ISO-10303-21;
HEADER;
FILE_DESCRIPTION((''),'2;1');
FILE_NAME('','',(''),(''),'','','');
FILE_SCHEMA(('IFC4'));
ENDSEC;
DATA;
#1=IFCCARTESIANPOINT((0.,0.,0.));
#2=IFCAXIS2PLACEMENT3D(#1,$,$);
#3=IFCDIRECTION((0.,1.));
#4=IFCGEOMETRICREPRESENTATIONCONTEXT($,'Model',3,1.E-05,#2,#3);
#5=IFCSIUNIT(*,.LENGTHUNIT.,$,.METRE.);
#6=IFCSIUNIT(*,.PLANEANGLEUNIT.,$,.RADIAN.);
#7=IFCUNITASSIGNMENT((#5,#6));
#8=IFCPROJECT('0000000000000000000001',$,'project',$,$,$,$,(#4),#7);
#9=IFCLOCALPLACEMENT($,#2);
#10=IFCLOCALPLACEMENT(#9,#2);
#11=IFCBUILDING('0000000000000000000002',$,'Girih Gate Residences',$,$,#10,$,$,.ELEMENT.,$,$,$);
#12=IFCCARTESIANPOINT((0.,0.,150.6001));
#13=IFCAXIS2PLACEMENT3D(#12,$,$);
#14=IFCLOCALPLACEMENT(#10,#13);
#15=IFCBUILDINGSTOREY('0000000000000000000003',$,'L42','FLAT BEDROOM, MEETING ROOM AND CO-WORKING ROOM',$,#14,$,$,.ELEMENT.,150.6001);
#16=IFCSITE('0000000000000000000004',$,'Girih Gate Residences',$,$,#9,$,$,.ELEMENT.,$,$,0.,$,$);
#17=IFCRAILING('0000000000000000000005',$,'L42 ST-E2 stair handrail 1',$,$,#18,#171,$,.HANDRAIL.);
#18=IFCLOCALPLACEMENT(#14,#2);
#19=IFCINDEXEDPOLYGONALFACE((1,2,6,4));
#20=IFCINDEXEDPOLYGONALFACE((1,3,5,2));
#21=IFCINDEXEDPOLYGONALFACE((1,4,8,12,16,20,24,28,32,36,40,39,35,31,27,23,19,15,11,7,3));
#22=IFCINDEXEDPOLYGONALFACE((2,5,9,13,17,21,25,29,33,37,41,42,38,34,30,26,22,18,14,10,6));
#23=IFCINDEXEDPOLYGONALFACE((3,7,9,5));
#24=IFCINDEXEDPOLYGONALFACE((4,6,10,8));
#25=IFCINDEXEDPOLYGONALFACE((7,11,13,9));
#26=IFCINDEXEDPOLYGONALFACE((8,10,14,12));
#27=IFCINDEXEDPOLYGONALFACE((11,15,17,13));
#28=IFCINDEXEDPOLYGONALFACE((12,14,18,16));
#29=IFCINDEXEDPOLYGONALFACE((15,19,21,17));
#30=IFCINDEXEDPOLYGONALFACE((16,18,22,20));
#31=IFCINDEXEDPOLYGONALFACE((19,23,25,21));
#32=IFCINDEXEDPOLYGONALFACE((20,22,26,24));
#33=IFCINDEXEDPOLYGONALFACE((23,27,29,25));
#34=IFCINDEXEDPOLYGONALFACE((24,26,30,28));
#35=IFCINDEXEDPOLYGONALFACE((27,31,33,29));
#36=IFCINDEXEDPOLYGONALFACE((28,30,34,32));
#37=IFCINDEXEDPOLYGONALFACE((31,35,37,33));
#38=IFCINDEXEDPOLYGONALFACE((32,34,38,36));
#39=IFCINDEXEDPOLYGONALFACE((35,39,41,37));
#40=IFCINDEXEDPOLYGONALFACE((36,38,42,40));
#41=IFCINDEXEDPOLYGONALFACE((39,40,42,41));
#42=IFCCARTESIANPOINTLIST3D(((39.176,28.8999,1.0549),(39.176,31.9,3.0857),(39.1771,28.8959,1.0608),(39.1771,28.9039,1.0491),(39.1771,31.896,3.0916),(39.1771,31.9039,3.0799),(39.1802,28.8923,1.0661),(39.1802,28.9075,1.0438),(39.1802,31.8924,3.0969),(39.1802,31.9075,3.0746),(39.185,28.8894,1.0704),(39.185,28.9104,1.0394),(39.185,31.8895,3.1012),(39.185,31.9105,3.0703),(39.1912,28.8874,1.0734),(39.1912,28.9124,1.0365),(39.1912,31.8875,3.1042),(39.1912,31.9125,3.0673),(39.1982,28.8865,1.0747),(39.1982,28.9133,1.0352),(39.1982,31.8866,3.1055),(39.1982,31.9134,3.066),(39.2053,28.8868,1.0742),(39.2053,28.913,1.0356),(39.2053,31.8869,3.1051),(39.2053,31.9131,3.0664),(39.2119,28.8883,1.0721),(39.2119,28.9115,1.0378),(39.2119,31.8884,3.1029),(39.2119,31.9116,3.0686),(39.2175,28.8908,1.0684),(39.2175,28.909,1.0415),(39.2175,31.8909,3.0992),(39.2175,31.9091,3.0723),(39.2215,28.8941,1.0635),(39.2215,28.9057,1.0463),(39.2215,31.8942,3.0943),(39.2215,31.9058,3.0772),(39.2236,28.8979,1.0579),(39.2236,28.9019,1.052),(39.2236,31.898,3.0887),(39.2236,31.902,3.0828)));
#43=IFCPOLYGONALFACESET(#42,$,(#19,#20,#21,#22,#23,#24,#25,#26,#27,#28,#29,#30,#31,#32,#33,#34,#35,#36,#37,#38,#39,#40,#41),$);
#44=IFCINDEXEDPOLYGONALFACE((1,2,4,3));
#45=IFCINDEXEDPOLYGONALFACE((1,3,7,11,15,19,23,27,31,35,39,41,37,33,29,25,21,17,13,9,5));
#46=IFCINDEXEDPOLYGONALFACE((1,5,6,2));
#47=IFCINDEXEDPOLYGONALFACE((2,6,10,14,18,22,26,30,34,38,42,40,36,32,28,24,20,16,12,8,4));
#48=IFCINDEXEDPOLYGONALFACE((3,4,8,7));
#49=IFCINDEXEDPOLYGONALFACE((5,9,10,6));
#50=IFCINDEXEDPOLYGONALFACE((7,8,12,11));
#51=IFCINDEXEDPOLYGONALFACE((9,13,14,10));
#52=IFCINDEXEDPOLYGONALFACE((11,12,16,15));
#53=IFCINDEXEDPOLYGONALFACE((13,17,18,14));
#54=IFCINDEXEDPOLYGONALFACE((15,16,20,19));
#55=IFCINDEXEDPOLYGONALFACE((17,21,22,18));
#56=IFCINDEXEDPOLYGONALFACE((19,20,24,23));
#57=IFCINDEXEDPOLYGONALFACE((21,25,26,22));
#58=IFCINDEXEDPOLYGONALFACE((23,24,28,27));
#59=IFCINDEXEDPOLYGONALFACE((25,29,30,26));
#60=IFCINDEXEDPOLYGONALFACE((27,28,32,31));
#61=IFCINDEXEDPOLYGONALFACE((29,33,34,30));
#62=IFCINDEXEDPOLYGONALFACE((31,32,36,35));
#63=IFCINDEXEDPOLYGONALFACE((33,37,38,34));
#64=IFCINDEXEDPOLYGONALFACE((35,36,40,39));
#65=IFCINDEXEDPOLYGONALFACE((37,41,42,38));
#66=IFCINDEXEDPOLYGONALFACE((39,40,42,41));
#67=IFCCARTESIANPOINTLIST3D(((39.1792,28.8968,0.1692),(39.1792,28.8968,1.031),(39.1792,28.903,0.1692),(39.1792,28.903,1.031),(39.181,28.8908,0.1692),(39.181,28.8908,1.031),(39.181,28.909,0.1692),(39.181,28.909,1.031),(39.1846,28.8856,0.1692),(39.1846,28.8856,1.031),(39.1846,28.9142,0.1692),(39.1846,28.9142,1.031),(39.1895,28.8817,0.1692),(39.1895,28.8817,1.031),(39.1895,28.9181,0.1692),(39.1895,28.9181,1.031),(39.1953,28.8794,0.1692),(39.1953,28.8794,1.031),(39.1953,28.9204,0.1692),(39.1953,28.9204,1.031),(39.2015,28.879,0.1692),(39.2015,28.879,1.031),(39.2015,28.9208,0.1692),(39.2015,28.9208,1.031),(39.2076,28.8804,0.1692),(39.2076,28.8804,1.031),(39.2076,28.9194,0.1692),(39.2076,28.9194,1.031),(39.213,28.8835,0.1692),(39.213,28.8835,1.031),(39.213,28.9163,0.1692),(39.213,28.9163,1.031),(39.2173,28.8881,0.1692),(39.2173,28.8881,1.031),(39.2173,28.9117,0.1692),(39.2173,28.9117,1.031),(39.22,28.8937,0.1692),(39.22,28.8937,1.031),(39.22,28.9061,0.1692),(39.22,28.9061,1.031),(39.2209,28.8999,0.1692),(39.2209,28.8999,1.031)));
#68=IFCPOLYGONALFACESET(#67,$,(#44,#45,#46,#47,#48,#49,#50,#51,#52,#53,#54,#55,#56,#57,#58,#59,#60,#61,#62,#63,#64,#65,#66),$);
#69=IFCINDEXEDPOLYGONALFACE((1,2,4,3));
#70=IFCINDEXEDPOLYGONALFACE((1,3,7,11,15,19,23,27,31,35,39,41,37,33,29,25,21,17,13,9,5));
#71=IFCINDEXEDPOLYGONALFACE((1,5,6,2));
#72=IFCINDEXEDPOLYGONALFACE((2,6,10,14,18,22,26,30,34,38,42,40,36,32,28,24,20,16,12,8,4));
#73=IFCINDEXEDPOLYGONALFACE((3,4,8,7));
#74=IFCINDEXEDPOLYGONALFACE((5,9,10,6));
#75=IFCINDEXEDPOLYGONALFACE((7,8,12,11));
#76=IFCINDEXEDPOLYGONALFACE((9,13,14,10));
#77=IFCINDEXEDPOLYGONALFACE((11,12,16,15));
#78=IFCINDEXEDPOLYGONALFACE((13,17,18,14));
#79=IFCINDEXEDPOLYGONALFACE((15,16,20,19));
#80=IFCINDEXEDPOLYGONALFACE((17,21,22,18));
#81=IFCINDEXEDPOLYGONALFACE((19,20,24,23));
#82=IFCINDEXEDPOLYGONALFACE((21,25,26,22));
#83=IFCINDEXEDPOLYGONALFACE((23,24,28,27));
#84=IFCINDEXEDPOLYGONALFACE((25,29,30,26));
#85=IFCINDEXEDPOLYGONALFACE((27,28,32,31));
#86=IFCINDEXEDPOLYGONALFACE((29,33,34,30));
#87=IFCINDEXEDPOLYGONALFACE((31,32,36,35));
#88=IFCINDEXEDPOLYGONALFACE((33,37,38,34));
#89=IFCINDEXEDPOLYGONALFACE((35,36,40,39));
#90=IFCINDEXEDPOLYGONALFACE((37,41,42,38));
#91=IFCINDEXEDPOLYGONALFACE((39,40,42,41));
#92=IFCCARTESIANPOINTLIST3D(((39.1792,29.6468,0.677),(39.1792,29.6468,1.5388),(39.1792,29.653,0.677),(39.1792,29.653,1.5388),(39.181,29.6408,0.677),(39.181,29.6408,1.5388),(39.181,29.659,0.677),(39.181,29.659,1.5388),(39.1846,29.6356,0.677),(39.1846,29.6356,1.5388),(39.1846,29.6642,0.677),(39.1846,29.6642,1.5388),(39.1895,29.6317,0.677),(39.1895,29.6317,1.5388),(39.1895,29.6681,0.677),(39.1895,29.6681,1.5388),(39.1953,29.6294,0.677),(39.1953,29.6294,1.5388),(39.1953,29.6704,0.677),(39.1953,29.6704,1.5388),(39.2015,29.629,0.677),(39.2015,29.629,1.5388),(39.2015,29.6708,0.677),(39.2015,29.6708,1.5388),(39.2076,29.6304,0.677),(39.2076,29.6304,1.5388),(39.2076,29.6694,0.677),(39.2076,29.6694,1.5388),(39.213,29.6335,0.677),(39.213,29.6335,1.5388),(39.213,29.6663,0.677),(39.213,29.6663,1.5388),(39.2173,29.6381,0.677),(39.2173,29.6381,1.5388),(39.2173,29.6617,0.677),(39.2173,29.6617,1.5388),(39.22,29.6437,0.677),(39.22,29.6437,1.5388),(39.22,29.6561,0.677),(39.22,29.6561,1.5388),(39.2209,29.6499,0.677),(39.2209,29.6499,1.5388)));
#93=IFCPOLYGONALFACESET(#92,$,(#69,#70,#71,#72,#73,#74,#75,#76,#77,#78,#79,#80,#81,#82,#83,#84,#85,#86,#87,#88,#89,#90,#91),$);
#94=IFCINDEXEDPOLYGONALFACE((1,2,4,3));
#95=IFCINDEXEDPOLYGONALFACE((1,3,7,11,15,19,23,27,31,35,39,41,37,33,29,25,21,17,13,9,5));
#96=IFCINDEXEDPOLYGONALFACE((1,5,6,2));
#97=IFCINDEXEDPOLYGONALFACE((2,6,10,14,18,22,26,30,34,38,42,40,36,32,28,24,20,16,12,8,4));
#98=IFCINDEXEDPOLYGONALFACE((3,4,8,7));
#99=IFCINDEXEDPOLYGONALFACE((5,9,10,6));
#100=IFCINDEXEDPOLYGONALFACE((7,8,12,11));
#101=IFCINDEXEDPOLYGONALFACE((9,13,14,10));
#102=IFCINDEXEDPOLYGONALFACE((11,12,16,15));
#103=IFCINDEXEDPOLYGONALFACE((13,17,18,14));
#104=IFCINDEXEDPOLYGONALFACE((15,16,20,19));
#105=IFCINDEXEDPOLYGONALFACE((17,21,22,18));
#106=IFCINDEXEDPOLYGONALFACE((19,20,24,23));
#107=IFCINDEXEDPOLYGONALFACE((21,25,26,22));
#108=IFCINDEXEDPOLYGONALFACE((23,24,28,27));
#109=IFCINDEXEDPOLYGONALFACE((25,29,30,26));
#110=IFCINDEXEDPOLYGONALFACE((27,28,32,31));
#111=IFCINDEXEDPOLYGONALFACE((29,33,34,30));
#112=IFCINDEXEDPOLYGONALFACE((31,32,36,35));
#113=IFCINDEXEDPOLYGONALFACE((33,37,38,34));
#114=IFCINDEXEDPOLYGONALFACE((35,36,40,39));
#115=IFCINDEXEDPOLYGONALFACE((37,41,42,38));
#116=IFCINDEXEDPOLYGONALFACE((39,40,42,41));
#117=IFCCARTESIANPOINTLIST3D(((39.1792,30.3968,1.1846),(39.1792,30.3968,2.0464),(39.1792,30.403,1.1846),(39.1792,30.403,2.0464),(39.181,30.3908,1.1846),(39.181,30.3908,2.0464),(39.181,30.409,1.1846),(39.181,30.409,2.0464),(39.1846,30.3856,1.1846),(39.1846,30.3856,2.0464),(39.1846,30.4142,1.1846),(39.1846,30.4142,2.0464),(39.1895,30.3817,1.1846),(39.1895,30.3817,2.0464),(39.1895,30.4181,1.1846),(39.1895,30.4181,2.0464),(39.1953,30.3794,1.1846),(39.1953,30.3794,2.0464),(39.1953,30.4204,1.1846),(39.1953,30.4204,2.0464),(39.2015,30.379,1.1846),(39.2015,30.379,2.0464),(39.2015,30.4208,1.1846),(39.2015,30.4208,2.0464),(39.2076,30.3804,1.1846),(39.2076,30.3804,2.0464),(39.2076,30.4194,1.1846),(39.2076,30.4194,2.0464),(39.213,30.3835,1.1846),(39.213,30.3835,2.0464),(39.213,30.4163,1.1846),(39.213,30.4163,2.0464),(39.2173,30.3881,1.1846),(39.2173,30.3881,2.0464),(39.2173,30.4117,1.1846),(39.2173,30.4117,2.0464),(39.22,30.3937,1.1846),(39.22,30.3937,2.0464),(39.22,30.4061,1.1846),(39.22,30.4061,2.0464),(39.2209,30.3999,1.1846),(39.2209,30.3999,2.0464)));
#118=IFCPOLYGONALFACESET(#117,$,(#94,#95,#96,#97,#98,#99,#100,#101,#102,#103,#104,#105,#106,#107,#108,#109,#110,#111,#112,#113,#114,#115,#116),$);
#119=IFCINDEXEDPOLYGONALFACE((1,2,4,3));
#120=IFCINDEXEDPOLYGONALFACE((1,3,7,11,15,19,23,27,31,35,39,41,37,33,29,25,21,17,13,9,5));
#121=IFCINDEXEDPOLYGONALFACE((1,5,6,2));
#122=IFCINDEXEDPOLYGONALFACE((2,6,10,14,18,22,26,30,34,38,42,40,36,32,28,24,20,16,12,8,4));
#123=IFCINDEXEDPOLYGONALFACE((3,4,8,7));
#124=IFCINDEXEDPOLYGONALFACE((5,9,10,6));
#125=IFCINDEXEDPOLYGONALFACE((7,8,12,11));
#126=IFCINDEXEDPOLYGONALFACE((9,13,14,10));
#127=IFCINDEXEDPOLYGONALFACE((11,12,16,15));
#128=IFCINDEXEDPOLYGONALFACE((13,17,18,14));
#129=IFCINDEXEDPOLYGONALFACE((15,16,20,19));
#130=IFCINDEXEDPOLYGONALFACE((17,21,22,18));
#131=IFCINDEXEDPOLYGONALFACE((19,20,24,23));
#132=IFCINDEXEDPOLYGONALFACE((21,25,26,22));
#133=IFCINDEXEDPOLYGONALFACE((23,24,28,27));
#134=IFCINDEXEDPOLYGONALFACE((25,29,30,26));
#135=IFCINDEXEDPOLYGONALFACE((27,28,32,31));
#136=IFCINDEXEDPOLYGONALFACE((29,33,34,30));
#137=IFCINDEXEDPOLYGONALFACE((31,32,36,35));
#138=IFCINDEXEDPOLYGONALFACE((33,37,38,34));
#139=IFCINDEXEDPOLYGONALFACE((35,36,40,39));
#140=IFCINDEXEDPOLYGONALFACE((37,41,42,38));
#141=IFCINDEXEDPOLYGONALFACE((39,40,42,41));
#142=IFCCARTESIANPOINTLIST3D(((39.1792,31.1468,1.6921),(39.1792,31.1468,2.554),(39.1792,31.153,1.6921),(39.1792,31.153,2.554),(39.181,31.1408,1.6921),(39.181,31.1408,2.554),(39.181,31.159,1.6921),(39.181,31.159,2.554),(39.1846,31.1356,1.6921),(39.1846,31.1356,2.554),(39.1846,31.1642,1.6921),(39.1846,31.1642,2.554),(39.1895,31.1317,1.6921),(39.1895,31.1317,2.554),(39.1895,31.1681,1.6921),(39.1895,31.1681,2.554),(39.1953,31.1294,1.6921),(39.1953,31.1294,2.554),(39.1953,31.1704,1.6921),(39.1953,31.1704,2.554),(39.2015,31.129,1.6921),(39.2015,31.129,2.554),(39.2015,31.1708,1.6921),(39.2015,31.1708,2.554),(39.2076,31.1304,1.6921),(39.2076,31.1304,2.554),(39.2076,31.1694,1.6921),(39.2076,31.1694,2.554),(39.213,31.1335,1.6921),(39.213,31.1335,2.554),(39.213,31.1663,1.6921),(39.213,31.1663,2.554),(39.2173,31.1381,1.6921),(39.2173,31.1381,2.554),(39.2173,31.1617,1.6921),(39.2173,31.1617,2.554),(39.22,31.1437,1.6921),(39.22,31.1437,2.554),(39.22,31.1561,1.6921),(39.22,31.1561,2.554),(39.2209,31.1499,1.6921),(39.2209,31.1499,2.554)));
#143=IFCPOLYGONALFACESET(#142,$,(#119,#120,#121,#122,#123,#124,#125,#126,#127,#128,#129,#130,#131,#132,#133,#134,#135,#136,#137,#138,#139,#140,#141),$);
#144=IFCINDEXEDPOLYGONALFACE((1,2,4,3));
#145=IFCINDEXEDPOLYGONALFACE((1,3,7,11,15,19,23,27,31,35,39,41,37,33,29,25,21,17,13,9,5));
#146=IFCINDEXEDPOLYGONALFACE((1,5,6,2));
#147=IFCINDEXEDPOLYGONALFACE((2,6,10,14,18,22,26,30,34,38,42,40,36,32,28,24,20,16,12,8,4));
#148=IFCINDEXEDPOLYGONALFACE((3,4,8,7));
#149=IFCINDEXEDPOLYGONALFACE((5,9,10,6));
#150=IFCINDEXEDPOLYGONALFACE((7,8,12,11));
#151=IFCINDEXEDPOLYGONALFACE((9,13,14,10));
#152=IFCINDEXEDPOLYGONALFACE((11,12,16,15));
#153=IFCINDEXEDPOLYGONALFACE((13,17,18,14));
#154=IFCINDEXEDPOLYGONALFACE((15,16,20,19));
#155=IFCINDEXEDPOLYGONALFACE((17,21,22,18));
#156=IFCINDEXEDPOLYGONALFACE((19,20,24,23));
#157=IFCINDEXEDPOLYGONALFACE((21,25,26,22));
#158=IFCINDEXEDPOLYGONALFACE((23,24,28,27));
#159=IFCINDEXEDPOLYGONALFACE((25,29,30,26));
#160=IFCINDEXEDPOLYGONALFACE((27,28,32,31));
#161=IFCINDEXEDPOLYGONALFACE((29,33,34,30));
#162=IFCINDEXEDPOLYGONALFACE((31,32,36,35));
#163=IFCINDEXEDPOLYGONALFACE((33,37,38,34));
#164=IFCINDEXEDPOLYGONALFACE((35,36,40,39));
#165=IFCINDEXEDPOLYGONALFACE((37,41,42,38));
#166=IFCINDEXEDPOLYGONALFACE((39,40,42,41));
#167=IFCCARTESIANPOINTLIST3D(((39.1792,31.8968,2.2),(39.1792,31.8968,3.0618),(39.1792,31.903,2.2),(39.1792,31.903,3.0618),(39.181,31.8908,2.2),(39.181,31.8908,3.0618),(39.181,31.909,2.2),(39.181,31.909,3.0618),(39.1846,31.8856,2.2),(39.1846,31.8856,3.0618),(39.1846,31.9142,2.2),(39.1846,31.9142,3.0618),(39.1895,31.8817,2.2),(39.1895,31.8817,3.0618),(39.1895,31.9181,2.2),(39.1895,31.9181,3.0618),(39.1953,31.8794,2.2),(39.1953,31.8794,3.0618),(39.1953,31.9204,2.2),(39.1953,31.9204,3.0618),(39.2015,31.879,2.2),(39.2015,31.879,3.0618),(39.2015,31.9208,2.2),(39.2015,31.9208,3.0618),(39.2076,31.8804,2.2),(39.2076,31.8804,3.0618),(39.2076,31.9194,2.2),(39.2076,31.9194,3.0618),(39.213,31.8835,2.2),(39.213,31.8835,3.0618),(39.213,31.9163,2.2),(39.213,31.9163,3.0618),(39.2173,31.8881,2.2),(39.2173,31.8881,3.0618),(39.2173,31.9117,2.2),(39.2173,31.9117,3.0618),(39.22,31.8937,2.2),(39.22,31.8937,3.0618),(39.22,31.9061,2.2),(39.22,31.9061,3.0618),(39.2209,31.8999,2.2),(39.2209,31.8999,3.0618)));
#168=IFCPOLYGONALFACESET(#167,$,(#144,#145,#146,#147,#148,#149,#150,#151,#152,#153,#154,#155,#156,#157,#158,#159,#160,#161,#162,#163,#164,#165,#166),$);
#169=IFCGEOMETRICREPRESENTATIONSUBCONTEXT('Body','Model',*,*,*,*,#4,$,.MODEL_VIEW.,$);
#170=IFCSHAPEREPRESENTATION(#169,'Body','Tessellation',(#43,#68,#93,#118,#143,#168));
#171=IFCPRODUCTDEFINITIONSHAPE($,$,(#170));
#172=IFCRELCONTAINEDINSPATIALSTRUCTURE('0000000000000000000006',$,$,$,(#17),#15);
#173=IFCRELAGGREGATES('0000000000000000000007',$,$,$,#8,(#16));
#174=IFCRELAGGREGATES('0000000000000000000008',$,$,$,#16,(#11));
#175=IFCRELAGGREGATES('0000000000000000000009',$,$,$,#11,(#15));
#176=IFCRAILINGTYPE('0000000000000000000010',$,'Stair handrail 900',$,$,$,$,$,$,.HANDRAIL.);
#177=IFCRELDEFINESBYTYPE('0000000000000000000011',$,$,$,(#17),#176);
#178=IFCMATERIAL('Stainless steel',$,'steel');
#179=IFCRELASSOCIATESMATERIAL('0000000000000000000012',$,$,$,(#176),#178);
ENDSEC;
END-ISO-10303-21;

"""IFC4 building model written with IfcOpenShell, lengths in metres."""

from ifc_helpers import new_model, si_unit, direction, frame, origin, origin_2d, place, context, subcontext, project, spatial, circle, extrude, material, type_object, element, save


model = new_model("IFC4")

# Units and contexts
model_context = context("Model", 3, precision=1e-05, world=origin(), true_north=direction((0.0, 1.0)))
body_context = subcontext(model_context, "Body", "Model", "MODEL_VIEW")
ifc_project = project(units=[si_unit("LENGTHUNIT", "METRE"), si_unit("PLANEANGLEUNIT", "RADIAN")], contexts=[model_context])

# Site, building, storey
site_placement = place(None, origin())
site = spatial("IfcSite", under=ifc_project, at=site_placement, Name="Girih Gate Residences", CompositionType="ELEMENT", RefElevation=0.0)
building_placement = place(site_placement, origin())
building = spatial("IfcBuilding", under=site, at=building_placement, Name="Girih Gate Residences", CompositionType="ELEMENT")
storey_placement = place(building_placement, frame((0.0, 0.0, 150.6001)))
storey = spatial("IfcBuildingStorey", under=building, at=storey_placement, Name="L42", Description="FLAT BEDROOM, MEETING ROOM AND CO-WORKING ROOM", CompositionType="ELEMENT", Elevation=150.6001)

# Railing
ifc_material_1 = material(Name="Stainless steel", Category="steel")
railing_type_1 = type_object("IfcRailingType", Name="Stair handrail 900", PredefinedType="HANDRAIL", material=ifc_material_1)
railing_1_placement = place(storey_placement, frame((39.2, 28.8999, 0.1692)))
element("IfcRailing", 1, at=railing_1_placement, inside=storey, type_object=railing_type_1, Name="L42 ST-E2 stair handrail 1", PredefinedType="HANDRAIL", context=body_context, shape_type="SweptSolid", body=[
    extrude(circle(Radius=0.0239, at=origin_2d()), frame((0.0, 0.0, 0.8857), z_axis=(0.0, 0.82811, 0.560565), x_axis=(-1.0, 0.0, 0.0)), (0.0, 0.0, 1.0), 3.6228),
    extrude(circle(Radius=0.021, at=origin_2d()), origin(), (0.0, 0.0, 1.0), 0.8618),
    extrude(circle(Radius=0.021, at=origin_2d()), frame((0.0, 0.75, 0.5078)), (0.0, 0.0, 1.0), 0.8618),
    extrude(circle(Radius=0.021, at=origin_2d()), frame((0.0, 1.5, 1.0154)), (0.0, 0.0, 1.0), 0.8618),
    extrude(circle(Radius=0.021, at=origin_2d()), frame((0.0, 2.25, 1.5229)), (0.0, 0.0, 1.0), 0.8618),
    extrude(circle(Radius=0.021, at=origin_2d()), frame((0.0, 3.0, 2.0308)), (0.0, 0.0, 1.0), 0.8618),
])

save(model, "model.ifc")
